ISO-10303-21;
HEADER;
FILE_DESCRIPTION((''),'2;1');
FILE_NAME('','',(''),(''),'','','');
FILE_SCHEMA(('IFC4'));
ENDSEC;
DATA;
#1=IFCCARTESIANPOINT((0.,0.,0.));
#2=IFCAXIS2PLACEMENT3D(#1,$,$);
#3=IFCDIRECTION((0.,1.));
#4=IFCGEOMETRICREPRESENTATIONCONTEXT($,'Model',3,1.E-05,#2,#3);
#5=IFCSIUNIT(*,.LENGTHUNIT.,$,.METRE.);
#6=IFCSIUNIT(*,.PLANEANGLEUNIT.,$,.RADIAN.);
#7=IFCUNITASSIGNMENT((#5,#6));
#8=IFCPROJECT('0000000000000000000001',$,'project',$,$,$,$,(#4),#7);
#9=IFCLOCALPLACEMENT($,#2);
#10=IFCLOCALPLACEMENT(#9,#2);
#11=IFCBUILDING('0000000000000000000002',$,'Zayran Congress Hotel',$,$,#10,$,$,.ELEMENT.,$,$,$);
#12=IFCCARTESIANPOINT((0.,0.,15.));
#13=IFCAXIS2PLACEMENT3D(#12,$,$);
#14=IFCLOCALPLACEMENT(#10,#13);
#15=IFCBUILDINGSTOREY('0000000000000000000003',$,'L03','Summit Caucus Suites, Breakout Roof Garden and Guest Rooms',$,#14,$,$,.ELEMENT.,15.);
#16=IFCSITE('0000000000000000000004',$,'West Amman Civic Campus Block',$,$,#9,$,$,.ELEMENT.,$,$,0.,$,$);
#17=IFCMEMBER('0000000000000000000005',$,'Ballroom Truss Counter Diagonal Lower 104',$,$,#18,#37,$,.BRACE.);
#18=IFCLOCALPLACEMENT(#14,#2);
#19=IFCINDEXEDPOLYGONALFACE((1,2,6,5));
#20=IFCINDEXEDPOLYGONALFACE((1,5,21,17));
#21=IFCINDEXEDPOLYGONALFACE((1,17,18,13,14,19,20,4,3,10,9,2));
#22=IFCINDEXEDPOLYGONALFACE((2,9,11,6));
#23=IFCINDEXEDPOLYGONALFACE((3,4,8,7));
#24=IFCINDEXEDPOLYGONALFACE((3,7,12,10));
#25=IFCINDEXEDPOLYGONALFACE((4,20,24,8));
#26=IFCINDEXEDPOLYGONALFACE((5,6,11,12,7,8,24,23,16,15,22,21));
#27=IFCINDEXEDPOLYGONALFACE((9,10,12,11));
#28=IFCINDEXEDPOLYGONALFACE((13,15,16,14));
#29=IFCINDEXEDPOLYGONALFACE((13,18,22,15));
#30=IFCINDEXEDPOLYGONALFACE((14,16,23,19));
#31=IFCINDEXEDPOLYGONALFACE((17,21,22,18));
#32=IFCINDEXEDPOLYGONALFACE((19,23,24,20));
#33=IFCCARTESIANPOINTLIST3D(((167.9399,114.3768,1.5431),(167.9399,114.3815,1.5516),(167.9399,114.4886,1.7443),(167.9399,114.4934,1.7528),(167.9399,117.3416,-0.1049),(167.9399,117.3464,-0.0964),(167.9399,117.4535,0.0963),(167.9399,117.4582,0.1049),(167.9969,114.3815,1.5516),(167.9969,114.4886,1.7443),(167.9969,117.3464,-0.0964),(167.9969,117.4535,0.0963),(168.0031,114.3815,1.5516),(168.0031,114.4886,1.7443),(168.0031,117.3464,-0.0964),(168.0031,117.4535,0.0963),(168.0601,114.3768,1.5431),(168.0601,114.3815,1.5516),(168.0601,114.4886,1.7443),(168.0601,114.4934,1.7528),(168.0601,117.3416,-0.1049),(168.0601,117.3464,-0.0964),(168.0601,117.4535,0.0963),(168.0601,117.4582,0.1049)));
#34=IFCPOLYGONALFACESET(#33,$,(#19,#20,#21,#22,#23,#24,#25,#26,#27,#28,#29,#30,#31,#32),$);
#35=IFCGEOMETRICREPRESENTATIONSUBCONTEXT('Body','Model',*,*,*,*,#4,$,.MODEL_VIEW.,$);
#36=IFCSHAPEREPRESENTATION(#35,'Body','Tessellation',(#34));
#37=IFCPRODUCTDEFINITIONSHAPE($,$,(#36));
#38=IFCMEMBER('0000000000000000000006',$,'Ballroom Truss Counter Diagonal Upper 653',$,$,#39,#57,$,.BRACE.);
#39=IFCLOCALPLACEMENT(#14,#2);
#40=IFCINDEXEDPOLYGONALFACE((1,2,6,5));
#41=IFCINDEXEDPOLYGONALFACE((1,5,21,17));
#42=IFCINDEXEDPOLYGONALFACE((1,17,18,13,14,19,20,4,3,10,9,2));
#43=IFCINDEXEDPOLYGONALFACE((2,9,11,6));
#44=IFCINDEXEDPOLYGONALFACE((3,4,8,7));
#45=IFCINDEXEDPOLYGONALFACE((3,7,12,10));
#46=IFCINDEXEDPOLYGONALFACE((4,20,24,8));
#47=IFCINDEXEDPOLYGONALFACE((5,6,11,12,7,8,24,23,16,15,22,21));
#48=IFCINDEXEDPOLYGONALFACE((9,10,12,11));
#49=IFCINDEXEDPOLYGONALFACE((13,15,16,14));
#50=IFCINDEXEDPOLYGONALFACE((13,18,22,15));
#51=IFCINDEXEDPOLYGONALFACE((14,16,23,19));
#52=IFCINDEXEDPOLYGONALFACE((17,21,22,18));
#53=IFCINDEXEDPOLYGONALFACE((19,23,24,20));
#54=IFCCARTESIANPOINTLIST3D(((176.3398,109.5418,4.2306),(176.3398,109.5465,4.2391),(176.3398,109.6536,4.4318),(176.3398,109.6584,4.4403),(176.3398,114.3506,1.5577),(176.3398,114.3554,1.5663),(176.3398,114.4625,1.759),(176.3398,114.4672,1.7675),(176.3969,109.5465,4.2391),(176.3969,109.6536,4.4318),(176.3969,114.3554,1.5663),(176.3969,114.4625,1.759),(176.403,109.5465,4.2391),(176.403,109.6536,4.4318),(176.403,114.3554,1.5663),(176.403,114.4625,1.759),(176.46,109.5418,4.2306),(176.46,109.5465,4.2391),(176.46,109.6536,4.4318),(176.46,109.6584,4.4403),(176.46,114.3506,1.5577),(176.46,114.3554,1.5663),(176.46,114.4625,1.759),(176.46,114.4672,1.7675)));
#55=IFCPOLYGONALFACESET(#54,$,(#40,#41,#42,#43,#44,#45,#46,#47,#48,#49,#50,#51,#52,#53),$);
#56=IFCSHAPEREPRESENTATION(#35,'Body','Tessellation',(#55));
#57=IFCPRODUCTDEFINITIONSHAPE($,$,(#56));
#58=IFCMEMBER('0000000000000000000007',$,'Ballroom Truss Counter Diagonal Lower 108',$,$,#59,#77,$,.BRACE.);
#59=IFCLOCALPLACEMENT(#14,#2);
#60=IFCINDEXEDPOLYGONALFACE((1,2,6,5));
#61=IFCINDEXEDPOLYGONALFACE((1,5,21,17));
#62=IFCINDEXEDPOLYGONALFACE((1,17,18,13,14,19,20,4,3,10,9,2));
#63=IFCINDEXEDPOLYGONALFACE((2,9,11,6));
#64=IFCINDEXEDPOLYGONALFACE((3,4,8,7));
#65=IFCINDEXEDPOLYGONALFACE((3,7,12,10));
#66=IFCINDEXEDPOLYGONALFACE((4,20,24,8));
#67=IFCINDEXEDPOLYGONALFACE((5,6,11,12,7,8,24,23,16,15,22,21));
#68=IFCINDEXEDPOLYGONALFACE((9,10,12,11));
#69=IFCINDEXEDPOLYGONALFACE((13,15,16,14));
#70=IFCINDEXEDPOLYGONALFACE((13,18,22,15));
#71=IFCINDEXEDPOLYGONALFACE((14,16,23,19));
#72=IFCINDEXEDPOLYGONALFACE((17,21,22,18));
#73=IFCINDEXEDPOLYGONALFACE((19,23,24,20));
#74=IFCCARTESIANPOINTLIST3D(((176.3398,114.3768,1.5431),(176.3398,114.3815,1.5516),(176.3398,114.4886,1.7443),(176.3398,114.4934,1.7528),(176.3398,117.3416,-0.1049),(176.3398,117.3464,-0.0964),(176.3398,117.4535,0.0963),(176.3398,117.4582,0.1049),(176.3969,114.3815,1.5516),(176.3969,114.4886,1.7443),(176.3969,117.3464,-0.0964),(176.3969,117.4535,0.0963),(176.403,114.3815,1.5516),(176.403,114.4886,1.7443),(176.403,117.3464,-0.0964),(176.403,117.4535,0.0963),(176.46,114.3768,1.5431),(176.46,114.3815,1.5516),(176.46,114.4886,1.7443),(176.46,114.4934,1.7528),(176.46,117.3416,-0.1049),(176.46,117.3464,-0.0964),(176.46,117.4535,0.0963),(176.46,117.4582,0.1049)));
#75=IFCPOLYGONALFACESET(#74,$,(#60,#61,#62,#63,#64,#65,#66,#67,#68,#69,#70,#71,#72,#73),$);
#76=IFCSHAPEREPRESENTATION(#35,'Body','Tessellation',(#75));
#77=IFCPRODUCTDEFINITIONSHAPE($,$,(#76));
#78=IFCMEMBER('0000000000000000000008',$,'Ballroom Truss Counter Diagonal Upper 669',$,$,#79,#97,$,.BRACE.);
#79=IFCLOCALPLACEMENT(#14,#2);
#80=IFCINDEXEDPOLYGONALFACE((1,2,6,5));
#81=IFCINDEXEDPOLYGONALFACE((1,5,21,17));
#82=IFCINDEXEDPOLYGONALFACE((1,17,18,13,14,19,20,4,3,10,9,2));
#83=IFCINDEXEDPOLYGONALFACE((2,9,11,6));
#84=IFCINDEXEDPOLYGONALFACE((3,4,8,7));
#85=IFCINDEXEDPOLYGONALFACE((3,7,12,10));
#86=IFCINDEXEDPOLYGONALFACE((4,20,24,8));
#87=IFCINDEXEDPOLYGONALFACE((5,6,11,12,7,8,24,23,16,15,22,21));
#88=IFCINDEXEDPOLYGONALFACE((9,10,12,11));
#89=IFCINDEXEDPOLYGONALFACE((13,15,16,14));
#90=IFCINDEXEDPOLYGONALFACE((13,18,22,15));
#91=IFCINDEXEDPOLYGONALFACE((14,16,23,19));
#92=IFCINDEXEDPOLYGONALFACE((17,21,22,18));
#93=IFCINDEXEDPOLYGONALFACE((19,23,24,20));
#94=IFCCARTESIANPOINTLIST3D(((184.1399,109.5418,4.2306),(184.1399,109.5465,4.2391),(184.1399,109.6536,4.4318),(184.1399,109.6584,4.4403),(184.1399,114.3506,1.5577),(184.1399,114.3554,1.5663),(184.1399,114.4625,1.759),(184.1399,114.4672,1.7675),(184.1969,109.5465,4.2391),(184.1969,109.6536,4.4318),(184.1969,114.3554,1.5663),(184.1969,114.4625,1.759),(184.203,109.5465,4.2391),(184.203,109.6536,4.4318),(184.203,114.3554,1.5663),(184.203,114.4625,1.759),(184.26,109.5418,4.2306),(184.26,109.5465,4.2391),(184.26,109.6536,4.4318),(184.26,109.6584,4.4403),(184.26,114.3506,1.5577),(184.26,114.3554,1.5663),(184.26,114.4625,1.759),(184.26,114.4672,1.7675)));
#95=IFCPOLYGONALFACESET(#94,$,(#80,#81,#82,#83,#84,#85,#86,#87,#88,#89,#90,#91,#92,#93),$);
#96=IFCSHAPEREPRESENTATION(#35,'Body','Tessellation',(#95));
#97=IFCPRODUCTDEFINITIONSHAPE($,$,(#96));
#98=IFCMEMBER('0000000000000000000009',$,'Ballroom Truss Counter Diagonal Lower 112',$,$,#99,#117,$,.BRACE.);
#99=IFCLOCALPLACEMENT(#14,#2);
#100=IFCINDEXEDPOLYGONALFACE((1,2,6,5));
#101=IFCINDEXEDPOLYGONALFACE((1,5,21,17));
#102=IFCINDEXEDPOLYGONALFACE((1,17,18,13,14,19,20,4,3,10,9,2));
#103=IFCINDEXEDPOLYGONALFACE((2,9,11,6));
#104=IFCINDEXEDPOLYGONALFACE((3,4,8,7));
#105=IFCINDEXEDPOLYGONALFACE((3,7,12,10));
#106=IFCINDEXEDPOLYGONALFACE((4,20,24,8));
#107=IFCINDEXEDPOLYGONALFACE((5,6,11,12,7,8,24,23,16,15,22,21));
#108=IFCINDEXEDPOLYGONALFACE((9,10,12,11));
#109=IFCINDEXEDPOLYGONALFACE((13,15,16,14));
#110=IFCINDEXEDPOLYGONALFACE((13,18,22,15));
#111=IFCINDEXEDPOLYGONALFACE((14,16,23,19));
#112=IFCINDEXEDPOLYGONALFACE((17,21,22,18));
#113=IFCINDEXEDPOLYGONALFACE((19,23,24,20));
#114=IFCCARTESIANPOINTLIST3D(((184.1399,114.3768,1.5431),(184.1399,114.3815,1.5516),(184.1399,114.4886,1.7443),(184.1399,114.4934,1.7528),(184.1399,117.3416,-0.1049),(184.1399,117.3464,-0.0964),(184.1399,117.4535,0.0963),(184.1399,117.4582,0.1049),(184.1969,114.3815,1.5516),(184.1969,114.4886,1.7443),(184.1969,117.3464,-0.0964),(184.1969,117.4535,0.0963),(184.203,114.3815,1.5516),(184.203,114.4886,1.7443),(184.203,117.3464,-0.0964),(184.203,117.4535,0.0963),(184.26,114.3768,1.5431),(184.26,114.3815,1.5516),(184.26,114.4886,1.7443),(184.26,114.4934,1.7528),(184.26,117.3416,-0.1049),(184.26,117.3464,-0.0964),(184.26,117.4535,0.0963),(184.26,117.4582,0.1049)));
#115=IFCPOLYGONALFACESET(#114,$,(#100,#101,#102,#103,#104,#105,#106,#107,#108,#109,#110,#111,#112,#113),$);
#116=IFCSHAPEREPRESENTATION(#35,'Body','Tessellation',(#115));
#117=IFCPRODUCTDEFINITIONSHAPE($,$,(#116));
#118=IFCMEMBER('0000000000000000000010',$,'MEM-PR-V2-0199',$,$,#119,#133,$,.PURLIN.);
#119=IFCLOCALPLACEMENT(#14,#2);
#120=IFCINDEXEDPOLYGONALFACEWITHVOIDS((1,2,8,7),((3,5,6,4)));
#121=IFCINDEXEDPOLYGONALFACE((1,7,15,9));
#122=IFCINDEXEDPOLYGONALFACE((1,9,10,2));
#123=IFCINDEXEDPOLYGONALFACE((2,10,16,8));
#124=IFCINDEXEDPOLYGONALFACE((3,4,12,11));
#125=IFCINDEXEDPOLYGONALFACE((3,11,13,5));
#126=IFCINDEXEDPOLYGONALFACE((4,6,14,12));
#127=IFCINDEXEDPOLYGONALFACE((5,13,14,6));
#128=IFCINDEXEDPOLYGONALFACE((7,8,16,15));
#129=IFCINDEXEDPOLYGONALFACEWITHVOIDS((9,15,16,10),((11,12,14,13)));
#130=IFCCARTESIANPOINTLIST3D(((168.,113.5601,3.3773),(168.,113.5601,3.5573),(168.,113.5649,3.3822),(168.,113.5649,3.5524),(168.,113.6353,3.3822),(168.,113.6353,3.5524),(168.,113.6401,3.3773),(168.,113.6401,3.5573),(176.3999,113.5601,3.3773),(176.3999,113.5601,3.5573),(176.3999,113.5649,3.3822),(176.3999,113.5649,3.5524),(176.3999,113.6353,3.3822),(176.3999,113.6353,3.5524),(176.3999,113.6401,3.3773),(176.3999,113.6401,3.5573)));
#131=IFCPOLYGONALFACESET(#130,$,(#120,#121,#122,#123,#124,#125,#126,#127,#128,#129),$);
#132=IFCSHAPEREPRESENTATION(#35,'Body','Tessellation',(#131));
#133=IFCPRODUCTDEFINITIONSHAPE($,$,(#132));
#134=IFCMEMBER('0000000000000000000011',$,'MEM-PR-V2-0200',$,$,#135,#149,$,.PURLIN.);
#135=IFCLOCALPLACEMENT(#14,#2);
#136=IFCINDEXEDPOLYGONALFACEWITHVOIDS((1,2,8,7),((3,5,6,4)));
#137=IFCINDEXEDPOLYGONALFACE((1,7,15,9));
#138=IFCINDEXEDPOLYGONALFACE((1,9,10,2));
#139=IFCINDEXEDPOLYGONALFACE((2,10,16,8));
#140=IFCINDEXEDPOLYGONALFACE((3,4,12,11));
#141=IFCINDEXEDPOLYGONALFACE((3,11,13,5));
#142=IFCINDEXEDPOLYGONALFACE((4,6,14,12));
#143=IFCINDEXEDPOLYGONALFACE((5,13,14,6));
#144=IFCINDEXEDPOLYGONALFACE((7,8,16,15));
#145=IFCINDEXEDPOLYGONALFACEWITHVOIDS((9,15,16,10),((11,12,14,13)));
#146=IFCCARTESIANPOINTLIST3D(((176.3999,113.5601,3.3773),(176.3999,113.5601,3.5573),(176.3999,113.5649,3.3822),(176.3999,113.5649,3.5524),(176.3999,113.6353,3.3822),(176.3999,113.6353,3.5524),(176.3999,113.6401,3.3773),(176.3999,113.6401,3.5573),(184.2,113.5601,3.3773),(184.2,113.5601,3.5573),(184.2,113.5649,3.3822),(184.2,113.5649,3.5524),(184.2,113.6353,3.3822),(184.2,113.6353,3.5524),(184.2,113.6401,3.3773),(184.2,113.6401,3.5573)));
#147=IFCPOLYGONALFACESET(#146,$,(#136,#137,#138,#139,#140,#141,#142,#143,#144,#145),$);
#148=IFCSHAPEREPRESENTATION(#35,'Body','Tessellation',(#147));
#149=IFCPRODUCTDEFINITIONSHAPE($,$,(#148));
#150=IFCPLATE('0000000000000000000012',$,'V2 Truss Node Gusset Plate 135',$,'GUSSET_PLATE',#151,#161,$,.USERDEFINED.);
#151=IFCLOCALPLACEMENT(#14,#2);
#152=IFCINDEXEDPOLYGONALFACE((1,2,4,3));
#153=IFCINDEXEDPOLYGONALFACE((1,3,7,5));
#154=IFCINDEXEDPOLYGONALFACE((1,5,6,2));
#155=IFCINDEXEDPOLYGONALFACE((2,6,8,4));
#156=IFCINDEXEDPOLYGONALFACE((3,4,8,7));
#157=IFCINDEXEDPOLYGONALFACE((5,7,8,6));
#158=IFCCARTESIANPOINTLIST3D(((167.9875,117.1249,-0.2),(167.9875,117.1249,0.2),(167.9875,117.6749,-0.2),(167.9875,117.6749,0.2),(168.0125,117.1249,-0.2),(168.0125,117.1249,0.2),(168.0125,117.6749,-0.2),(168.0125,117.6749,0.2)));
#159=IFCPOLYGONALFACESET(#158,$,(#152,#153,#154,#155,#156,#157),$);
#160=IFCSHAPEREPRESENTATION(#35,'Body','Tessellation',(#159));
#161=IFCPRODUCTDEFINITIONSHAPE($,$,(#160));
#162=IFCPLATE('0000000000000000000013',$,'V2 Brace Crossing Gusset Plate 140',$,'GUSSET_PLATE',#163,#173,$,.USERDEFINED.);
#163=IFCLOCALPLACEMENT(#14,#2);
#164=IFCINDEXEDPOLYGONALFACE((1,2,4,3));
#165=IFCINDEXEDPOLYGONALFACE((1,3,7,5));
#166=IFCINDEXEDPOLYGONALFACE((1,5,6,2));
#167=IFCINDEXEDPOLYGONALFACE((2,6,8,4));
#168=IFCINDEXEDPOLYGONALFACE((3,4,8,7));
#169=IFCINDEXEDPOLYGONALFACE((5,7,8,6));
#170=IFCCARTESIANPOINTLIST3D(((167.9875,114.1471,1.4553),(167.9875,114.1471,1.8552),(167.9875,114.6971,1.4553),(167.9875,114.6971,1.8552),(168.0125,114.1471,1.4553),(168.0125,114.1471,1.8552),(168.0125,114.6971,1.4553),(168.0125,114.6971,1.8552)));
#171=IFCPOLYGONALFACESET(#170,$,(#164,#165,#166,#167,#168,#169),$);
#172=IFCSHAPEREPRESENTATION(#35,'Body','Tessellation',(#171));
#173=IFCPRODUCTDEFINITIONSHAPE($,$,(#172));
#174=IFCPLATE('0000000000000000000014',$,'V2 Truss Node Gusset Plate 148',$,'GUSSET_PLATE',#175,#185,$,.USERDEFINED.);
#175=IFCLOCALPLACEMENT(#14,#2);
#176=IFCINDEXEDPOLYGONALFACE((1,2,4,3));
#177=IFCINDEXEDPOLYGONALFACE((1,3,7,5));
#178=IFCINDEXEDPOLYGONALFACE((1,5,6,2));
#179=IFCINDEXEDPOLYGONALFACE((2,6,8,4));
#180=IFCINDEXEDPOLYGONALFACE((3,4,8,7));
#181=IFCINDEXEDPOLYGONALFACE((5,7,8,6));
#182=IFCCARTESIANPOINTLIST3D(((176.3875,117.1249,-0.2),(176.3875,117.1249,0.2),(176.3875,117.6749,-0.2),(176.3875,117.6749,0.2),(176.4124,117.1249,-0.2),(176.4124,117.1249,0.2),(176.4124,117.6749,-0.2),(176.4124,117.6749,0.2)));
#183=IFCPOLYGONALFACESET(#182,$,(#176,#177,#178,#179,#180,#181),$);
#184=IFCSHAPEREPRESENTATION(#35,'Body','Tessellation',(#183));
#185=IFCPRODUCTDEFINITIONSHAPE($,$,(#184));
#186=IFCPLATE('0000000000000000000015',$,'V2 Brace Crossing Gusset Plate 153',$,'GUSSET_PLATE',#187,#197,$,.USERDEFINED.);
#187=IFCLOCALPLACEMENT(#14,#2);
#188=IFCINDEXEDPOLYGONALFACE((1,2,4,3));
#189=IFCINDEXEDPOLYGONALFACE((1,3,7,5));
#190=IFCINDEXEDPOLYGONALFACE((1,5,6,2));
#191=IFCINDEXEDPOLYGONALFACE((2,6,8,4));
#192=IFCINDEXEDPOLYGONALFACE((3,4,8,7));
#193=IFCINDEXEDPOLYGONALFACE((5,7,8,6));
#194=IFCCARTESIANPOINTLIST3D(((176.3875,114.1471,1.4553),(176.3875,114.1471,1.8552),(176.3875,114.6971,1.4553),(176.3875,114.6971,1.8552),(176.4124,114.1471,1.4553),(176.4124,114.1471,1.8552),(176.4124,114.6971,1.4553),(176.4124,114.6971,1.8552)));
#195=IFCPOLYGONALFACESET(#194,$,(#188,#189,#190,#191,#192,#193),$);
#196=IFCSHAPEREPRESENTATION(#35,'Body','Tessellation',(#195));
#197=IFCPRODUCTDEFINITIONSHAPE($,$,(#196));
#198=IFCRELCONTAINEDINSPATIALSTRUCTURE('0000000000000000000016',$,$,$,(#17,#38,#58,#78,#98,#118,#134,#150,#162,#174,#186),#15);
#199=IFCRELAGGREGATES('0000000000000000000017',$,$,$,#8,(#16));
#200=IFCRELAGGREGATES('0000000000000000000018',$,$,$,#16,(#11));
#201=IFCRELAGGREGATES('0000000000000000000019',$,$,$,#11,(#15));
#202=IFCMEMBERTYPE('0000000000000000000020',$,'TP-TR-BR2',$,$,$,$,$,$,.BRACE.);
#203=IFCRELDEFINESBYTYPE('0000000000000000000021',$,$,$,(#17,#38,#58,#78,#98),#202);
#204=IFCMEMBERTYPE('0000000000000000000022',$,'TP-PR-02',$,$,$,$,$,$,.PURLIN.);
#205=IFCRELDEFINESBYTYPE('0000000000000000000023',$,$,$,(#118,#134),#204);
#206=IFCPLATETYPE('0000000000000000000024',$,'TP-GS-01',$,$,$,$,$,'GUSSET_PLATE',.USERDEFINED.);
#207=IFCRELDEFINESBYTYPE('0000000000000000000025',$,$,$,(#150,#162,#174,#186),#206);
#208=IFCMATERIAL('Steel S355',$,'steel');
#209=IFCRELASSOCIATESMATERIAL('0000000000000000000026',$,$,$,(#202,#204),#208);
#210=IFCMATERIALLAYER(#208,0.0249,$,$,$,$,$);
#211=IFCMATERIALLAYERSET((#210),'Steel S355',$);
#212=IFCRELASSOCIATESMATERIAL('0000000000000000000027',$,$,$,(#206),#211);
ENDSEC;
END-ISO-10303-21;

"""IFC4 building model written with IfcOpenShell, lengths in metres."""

from ifc_helpers import new_model, si_unit, direction, frame, origin, origin_2d, place, context, subcontext, project, spatial, rectangle, hollow_rectangle, i_section, extrude, material, layer, layer_set, material_profile, profile_set, type_object, element, save


model = new_model("IFC4")

# Units and contexts
model_context = context("Model", 3, precision=1e-05, world=origin(), true_north=direction((0.0, 1.0)))
body_context = subcontext(model_context, "Body", "Model", "MODEL_VIEW")
ifc_project = project(units=[si_unit("LENGTHUNIT", "METRE"), si_unit("PLANEANGLEUNIT", "RADIAN")], contexts=[model_context])

# Site, building, storey
site_placement = place(None, origin())
site = spatial("IfcSite", under=ifc_project, at=site_placement, Name="West Amman Civic Campus Block", CompositionType="ELEMENT", RefElevation=0.0)
building_placement = place(site_placement, origin())
building = spatial("IfcBuilding", under=site, at=building_placement, Name="Zayran Congress Hotel", CompositionType="ELEMENT")
storey_placement = place(building_placement, frame((0.0, 0.0, 15.0)))
storey = spatial("IfcBuildingStorey", under=building, at=storey_placement, Name="L03", Description="Summit Caucus Suites, Breakout Roof Garden and Guest Rooms", CompositionType="ELEMENT", Elevation=15.0)

# Shared definitions
ifc_material_1 = material(Name="Steel S355", Category="steel")

# Members
ifc_material_profile_1 = material_profile(ifc_material_1, i_section(OverallWidth=0.1201, OverallDepth=0.24, WebThickness=0.0061, FlangeThickness=0.0098, at=origin_2d()), Name="IPE 240")
ifc_profile_set_1 = profile_set([ifc_material_profile_1], Name="Steel S355")
member_type_1 = type_object("IfcMemberType", Name="TP-TR-BR2", PredefinedType="BRACE", material=ifc_profile_set_1)
member_1_placement = place(storey_placement, frame((168.0, 114.4351, 1.6479), z_axis=(0.0, 0.874055, -0.485826), x_axis=(-1.0, 0.0, 0.0)))
element("IfcMember", 1, at=member_1_placement, inside=storey, type_object=member_type_1, Name="Ballroom Truss Counter Diagonal Lower 104", PredefinedType="BRACE", context=body_context, shape_type="SweptSolid", body=[
    extrude(i_section(OverallWidth=0.1201, OverallDepth=0.24, WebThickness=0.0061, FlangeThickness=0.0098, at=origin_2d()), origin(), (0.0, 0.0, 1.0), 3.3921),
])
member_2_placement = place(storey_placement, frame((176.3999, 109.6001, 4.3354), z_axis=(0.0, 0.874059, -0.48582), x_axis=(-1.0, 0.0, 0.0)))
element("IfcMember", 2, at=member_2_placement, inside=storey, type_object=member_type_1, Name="Ballroom Truss Counter Diagonal Upper 653", PredefinedType="BRACE", context=body_context, shape_type="SweptSolid", body=[
    extrude(i_section(OverallWidth=0.1201, OverallDepth=0.24, WebThickness=0.0061, FlangeThickness=0.0098, at=origin_2d()), origin(), (0.0, 0.0, 1.0), 5.5017),
])
member_3_placement = place(storey_placement, frame((176.3999, 114.4351, 1.6479), z_axis=(0.0, 0.874055, -0.485826), x_axis=(-1.0, 0.0, 0.0)))
element("IfcMember", 3, at=member_3_placement, inside=storey, type_object=member_type_1, Name="Ballroom Truss Counter Diagonal Lower 108", PredefinedType="BRACE", context=body_context, shape_type="SweptSolid", body=[
    extrude(i_section(OverallWidth=0.1201, OverallDepth=0.24, WebThickness=0.0061, FlangeThickness=0.0098, at=origin_2d()), origin(), (0.0, 0.0, 1.0), 3.3921),
])
member_4_placement = place(storey_placement, frame((184.2, 109.6001, 4.3354), z_axis=(0.0, 0.874059, -0.48582), x_axis=(-1.0, 0.0, 0.0)))
element("IfcMember", 4, at=member_4_placement, inside=storey, type_object=member_type_1, Name="Ballroom Truss Counter Diagonal Upper 669", PredefinedType="BRACE", context=body_context, shape_type="SweptSolid", body=[
    extrude(i_section(OverallWidth=0.1201, OverallDepth=0.24, WebThickness=0.0061, FlangeThickness=0.0098, at=origin_2d()), origin(), (0.0, 0.0, 1.0), 5.5017),
])
member_5_placement = place(storey_placement, frame((184.2, 114.4351, 1.6479), z_axis=(0.0, 0.874055, -0.485826), x_axis=(-1.0, 0.0, 0.0)))
element("IfcMember", 5, at=member_5_placement, inside=storey, type_object=member_type_1, Name="Ballroom Truss Counter Diagonal Lower 112", PredefinedType="BRACE", context=body_context, shape_type="SweptSolid", body=[
    extrude(i_section(OverallWidth=0.1201, OverallDepth=0.24, WebThickness=0.0061, FlangeThickness=0.0098, at=origin_2d()), origin(), (0.0, 0.0, 1.0), 3.3921),
])
ifc_material_profile_2 = material_profile(ifc_material_1, hollow_rectangle(XDim=0.0801, YDim=0.1799, WallThickness=0.0049, at=origin_2d()), Name="RHS 180x80x5")
ifc_profile_set_2 = profile_set([ifc_material_profile_2], Name="Steel S355")
member_type_2 = type_object("IfcMemberType", Name="TP-PR-02", PredefinedType="PURLIN", material=ifc_profile_set_2)
member_6_placement = place(storey_placement, frame((168.0, 113.6001, 3.4673), z_axis=(1.0, 0.0, 0.0), x_axis=(0.0, 1.0, 0.0)))
element("IfcMember", 6, at=member_6_placement, inside=storey, type_object=member_type_2, Name="MEM-PR-V2-0199", PredefinedType="PURLIN", context=body_context, shape_type="SweptSolid", body=[
    extrude(hollow_rectangle(XDim=0.0801, YDim=0.1799, WallThickness=0.0049, at=origin_2d()), origin(), (0.0, 0.0, 1.0), 8.3999),
])
member_7_placement = place(storey_placement, frame((176.3999, 113.6001, 3.4673), z_axis=(1.0, 0.0, 0.0), x_axis=(0.0, 1.0, 0.0)))
element("IfcMember", 7, at=member_7_placement, inside=storey, type_object=member_type_2, Name="MEM-PR-V2-0200", PredefinedType="PURLIN", context=body_context, shape_type="SweptSolid", body=[
    extrude(hollow_rectangle(XDim=0.0801, YDim=0.1799, WallThickness=0.0049, at=origin_2d()), origin(), (0.0, 0.0, 1.0), 7.8),
])

# Plates
ifc_layer_1 = layer(ifc_material_1, 0.0249)
ifc_layer_set_1 = layer_set([ifc_layer_1], Name="Steel S355")
plate_type_1 = type_object("IfcPlateType", Name="TP-GS-01", ElementType="GUSSET_PLATE", PredefinedType="USERDEFINED", material=ifc_layer_set_1)
for number, where, z_axis, x_axis, name in (
    (8, (168.0, 117.3999, -0.2), (0.0, 0.0, 1.0), (0.0, 1.0, 0.0), "V2 Truss Node Gusset Plate 135"),
    (9, (168.0, 114.4221, 1.4553), (0.0, 0.0, 1.0), (0.0, 1.0, 0.0), "V2 Brace Crossing Gusset Plate 140"),
    (10, (176.3999, 117.3999, -0.2), (0.0, 0.0, 1.0), (0.0, 1.0, 0.0), "V2 Truss Node Gusset Plate 148"),
    (11, (176.3999, 114.4221, 1.4553), (0.0, 0.0, 1.0), (0.0, 1.0, 0.0), "V2 Brace Crossing Gusset Plate 153"),
):
    element("IfcPlate", number, at=place(storey_placement, frame(where, z_axis=z_axis, x_axis=x_axis)), inside=storey, type_object=plate_type_1, Name=name, ObjectType="GUSSET_PLATE", PredefinedType="USERDEFINED", context=body_context, shape_type="SweptSolid", body=[
        extrude(rectangle(XDim=0.55, YDim=0.0249, at=origin_2d()), origin(), (0.0, 0.0, 1.0), 0.3999),
    ])

save(model, "model.ifc")
